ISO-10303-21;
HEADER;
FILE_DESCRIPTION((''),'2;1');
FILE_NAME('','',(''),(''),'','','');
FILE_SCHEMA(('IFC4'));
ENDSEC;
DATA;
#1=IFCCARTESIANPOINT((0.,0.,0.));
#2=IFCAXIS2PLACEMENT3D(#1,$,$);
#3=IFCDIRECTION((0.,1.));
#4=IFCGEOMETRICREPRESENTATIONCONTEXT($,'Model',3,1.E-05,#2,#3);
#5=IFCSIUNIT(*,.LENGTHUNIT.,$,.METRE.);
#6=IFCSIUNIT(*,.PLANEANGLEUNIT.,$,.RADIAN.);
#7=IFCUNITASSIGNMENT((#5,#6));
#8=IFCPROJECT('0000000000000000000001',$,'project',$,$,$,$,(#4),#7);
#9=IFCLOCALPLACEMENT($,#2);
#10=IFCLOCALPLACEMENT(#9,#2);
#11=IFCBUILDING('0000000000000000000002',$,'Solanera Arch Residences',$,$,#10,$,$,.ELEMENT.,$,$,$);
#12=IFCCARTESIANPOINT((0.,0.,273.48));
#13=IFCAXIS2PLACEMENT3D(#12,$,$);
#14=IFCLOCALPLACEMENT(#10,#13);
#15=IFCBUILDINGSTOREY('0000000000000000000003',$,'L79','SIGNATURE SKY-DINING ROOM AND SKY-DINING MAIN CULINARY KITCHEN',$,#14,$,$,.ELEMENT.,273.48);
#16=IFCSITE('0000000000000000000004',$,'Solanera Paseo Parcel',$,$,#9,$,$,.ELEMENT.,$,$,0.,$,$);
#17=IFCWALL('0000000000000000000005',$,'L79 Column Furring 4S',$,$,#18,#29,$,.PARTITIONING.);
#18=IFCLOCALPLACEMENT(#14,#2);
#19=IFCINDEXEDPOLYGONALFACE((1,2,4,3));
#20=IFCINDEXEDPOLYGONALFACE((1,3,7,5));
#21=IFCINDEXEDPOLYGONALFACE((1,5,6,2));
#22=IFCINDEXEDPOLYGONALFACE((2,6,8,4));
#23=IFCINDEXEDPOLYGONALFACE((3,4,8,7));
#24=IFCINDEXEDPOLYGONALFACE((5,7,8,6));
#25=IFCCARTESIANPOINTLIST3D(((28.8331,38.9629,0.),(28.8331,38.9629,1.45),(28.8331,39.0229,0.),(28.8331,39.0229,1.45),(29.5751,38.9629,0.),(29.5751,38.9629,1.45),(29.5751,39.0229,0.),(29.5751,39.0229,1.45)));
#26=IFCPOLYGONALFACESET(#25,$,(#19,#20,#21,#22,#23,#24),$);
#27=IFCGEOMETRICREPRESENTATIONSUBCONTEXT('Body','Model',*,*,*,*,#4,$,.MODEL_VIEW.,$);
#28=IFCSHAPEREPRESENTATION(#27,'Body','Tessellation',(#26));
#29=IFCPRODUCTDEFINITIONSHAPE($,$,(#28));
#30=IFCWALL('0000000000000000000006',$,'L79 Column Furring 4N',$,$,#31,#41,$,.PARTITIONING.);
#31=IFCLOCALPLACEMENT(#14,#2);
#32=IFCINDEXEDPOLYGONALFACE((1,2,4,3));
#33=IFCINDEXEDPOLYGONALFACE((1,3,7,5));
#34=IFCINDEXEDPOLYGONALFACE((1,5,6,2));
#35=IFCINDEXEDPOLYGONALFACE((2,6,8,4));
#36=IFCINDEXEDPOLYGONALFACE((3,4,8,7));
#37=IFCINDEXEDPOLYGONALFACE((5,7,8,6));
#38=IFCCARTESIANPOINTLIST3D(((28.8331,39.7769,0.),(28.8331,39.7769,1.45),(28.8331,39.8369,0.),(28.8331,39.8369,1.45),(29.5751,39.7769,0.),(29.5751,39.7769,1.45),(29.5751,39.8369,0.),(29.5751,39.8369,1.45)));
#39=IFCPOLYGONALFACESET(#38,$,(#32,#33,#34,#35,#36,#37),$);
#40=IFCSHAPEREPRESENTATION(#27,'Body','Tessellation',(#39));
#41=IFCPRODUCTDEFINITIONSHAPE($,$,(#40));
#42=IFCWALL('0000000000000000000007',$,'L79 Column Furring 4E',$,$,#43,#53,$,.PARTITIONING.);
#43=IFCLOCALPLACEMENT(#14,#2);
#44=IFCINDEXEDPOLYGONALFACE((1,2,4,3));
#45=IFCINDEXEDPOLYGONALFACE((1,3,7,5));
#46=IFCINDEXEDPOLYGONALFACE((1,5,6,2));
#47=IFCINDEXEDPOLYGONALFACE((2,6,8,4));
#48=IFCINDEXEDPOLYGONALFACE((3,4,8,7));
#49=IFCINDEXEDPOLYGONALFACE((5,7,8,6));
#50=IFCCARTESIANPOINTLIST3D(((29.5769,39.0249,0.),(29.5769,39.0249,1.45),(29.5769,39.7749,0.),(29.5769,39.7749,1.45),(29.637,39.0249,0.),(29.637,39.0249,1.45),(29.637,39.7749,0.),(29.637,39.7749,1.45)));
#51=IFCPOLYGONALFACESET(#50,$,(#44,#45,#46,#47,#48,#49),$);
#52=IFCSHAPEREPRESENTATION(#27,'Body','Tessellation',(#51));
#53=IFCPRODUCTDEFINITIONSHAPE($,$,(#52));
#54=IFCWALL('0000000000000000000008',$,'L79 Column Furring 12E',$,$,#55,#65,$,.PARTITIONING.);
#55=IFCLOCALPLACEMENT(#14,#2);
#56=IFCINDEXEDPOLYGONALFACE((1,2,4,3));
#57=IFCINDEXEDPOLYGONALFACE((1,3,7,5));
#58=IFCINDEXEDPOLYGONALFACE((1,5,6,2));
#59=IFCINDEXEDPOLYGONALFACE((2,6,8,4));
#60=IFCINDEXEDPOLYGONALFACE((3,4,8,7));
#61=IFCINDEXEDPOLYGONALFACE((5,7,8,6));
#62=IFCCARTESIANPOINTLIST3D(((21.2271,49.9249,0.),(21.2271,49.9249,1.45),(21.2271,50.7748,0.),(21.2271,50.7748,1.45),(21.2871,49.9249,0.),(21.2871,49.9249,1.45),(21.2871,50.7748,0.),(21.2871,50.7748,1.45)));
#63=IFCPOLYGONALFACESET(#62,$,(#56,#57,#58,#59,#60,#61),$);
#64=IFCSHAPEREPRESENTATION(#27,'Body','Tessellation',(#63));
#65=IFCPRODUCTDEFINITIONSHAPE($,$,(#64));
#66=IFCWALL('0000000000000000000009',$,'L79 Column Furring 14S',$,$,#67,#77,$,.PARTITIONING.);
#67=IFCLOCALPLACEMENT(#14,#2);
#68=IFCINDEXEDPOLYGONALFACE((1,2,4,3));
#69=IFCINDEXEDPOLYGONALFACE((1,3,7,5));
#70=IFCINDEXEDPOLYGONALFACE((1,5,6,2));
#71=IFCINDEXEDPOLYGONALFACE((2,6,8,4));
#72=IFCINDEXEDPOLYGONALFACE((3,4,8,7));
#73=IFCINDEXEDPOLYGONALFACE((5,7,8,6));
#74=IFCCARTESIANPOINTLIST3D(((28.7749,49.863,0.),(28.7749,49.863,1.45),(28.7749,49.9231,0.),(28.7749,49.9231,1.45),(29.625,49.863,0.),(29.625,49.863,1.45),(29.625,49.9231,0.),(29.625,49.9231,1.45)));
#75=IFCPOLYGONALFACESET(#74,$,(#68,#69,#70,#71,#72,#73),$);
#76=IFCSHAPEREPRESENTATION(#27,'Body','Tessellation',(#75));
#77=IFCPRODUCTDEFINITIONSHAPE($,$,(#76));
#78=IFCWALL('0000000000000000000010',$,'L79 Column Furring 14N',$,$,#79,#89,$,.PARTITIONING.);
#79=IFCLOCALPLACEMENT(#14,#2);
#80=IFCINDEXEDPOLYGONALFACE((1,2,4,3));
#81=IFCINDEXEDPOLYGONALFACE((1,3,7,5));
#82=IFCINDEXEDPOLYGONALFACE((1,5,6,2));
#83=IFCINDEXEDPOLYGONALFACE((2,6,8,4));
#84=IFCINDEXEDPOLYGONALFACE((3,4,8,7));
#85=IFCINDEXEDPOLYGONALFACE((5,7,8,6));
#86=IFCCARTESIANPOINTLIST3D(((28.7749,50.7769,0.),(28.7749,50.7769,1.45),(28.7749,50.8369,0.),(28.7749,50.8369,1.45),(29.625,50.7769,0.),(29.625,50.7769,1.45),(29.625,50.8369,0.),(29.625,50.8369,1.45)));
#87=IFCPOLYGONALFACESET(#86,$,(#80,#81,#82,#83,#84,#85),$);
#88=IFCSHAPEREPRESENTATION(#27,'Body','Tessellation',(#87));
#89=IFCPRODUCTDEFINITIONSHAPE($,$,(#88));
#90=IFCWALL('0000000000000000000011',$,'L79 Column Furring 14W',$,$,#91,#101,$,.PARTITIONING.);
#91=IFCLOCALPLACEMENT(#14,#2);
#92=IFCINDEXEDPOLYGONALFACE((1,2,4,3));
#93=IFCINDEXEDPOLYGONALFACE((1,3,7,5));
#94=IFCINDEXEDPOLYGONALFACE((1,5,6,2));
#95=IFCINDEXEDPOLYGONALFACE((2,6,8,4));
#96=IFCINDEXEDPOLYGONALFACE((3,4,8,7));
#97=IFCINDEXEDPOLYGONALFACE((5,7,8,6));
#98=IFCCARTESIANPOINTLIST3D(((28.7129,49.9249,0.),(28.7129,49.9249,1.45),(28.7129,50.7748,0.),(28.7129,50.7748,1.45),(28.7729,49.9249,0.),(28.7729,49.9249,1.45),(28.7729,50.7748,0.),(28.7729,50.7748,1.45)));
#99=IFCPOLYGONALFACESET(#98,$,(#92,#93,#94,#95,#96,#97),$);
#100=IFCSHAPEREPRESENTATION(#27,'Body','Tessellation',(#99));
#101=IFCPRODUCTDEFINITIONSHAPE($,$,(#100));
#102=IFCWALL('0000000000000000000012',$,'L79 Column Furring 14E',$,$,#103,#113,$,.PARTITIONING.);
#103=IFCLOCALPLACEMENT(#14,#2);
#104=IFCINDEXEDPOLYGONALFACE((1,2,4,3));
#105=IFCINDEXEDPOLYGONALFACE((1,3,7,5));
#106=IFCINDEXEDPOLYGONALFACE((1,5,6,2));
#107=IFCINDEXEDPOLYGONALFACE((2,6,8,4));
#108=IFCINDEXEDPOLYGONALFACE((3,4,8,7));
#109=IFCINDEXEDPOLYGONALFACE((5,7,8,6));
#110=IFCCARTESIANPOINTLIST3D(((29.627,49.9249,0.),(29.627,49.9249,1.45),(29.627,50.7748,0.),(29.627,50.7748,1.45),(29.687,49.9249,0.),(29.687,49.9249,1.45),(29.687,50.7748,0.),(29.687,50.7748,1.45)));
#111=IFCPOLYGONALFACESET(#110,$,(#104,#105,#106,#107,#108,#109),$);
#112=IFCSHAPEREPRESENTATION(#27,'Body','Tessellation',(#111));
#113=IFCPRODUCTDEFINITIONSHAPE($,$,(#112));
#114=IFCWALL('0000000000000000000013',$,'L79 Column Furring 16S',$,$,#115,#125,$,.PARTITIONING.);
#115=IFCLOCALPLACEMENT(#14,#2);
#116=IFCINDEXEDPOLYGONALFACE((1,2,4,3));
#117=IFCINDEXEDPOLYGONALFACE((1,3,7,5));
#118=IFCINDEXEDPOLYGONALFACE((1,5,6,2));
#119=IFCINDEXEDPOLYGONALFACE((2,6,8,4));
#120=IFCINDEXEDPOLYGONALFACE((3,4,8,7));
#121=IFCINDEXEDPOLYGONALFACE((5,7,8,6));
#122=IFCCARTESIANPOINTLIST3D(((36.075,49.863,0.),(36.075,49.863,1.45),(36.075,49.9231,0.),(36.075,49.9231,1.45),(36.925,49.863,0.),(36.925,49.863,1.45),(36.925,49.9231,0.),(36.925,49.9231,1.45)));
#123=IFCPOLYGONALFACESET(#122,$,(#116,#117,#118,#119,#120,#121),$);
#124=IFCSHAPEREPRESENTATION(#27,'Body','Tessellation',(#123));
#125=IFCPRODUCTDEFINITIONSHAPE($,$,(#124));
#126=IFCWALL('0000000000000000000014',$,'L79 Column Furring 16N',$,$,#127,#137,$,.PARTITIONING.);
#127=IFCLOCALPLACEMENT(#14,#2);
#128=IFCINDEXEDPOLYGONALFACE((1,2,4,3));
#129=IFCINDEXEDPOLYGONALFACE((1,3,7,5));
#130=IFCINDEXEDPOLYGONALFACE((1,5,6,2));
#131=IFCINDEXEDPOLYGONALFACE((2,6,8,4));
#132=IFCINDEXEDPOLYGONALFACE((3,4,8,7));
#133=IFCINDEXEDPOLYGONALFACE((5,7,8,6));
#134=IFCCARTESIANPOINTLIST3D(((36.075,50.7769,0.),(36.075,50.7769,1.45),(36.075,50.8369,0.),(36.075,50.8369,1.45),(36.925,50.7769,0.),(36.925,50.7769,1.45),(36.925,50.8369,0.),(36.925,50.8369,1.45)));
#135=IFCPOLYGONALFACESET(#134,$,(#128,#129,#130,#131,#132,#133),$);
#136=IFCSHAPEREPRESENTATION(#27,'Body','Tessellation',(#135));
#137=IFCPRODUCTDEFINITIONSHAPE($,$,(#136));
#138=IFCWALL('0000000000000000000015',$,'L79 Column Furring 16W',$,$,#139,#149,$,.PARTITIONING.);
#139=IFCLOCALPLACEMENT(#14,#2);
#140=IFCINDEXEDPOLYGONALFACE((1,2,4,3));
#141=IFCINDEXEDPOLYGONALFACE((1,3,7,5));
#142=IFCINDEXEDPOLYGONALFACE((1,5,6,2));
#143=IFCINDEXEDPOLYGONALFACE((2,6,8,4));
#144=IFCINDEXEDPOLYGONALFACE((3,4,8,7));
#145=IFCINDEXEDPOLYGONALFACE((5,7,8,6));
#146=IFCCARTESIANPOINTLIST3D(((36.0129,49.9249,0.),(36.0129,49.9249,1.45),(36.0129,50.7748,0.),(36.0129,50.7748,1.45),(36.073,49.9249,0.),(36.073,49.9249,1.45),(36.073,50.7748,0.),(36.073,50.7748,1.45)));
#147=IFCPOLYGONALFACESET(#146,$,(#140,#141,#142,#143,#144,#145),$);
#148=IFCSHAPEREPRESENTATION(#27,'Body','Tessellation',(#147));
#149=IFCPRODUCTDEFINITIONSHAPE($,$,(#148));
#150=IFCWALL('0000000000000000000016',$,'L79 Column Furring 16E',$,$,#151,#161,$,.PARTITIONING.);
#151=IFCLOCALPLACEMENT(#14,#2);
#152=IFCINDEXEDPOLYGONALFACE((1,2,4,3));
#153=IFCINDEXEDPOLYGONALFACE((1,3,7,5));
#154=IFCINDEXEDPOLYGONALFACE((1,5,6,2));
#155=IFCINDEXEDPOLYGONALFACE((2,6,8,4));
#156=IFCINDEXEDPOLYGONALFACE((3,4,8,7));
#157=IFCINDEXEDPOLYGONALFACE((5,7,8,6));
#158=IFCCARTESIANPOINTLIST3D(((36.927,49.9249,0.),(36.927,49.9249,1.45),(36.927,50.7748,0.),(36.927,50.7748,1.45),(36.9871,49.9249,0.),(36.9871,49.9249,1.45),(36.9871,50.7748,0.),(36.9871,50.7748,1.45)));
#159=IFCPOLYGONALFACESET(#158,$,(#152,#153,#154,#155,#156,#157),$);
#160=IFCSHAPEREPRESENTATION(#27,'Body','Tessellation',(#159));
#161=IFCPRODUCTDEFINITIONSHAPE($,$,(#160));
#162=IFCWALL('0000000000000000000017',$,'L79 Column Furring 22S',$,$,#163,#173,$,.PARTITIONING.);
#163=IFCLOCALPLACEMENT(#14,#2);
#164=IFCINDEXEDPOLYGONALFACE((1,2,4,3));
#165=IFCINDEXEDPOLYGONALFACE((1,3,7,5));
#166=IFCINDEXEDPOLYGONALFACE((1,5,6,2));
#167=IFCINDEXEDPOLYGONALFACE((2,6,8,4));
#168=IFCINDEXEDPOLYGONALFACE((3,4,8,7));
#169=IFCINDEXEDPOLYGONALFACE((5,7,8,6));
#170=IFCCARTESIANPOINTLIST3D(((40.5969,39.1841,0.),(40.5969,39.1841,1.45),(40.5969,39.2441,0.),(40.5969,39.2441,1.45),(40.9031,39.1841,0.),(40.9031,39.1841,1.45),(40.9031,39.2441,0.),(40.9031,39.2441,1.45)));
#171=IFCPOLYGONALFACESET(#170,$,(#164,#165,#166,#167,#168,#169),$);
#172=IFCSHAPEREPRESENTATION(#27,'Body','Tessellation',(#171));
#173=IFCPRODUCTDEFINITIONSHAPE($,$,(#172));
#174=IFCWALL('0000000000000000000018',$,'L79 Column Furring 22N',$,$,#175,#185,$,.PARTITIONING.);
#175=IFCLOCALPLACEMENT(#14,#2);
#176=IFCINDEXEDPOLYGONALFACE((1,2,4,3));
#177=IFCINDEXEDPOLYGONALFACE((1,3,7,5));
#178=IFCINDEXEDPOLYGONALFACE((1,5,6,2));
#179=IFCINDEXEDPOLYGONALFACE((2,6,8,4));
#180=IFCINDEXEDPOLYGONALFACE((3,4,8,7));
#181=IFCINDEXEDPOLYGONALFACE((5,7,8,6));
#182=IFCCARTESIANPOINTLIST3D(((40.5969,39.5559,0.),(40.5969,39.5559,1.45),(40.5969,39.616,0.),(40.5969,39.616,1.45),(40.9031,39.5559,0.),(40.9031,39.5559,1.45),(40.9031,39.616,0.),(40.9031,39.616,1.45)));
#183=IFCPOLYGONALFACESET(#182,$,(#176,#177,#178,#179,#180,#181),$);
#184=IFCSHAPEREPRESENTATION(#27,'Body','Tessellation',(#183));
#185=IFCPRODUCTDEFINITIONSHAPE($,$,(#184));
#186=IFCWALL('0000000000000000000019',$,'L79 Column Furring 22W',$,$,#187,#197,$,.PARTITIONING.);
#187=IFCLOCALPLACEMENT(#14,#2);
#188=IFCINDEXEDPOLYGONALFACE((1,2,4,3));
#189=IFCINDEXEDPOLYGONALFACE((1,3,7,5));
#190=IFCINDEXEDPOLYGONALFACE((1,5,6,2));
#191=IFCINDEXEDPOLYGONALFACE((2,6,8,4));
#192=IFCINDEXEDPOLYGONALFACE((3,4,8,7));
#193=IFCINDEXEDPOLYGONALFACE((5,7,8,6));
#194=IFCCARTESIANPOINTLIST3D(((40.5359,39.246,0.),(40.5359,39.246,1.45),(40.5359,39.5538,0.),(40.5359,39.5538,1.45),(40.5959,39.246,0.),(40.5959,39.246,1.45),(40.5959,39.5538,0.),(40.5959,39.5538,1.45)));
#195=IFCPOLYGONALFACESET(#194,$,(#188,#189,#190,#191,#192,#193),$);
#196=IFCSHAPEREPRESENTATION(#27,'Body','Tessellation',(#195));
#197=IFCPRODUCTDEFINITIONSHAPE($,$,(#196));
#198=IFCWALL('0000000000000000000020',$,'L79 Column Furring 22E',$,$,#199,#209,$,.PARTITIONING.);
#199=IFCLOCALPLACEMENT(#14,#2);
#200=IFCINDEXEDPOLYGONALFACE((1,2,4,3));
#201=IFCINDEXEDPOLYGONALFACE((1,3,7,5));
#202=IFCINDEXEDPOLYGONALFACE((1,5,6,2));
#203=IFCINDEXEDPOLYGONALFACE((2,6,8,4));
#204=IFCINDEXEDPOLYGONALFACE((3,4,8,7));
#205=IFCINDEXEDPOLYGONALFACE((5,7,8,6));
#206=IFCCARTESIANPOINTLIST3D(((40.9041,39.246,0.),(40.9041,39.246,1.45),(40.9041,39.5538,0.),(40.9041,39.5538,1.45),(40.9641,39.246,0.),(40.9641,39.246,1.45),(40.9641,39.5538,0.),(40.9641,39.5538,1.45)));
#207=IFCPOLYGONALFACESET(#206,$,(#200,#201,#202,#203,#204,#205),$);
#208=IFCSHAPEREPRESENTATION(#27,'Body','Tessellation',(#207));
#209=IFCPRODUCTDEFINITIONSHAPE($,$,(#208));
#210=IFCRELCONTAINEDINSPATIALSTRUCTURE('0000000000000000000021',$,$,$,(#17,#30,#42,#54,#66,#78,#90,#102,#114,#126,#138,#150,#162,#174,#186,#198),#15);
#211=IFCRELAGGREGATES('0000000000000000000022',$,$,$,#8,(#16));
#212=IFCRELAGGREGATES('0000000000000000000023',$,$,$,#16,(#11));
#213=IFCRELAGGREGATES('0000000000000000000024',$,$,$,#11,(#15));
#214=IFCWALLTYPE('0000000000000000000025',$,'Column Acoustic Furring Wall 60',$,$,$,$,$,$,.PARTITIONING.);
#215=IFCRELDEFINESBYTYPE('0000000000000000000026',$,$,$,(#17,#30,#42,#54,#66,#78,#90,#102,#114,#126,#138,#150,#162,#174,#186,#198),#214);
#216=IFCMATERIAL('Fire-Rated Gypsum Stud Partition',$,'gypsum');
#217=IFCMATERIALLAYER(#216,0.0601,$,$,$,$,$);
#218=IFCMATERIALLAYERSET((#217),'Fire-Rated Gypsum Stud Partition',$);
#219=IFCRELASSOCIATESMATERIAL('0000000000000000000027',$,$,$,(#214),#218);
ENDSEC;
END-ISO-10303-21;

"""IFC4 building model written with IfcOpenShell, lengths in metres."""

from ifc_helpers import new_model, si_unit, direction, frame, frame_2d, origin, place, context, subcontext, project, spatial, rectangle, extrude, material, layer, layer_set, type_object, element, save


model = new_model("IFC4")

# Units and contexts
model_context = context("Model", 3, precision=1e-05, world=origin(), true_north=direction((0.0, 1.0)))
body_context = subcontext(model_context, "Body", "Model", "MODEL_VIEW")
ifc_project = project(units=[si_unit("LENGTHUNIT", "METRE"), si_unit("PLANEANGLEUNIT", "RADIAN")], contexts=[model_context])

# Site, building, storey
site_placement = place(None, origin())
site = spatial("IfcSite", under=ifc_project, at=site_placement, Name="Solanera Paseo Parcel", CompositionType="ELEMENT", RefElevation=0.0)
building_placement = place(site_placement, origin())
building = spatial("IfcBuilding", under=site, at=building_placement, Name="Solanera Arch Residences", CompositionType="ELEMENT")
storey_placement = place(building_placement, frame((0.0, 0.0, 273.48)))
storey = spatial("IfcBuildingStorey", under=building, at=storey_placement, Name="L79", Description="SIGNATURE SKY-DINING ROOM AND SKY-DINING MAIN CULINARY KITCHEN", CompositionType="ELEMENT", Elevation=273.48)

# Walls
ifc_material_1 = material(Name="Fire-Rated Gypsum Stud Partition", Category="gypsum")
ifc_layer_1 = layer(ifc_material_1, 0.0601)
ifc_layer_set_1 = layer_set([ifc_layer_1], Name="Fire-Rated Gypsum Stud Partition")
wall_type_1 = type_object("IfcWallType", Name="Column Acoustic Furring Wall 60", PredefinedType="PARTITIONING", material=ifc_layer_set_1)
for number, where, z_axis, x_axis, name in (
    (1, (28.833, 38.9929, 0.0), (0.0, 0.0, 1.0), (1.0, 0.0, 0.0), "L79 Column Furring 4S"),
    (2, (28.833, 39.8069, 0.0), (0.0, 0.0, 1.0), (1.0, 0.0, 0.0), "L79 Column Furring 4N"),
):
    element("IfcWall", number, at=place(storey_placement, frame(where, z_axis=z_axis, x_axis=x_axis)), inside=storey, type_object=wall_type_1, Name=name, PredefinedType="PARTITIONING", context=body_context, shape_type="SweptSolid", body=[
        extrude(rectangle(XDim=0.7419, YDim=0.0601, at=frame_2d((0.3711, 0.0))), origin(), (0.0, 0.0, 1.0), 1.45),
    ])
wall_1_placement = place(storey_placement, frame((29.6069, 39.0249, 0.0), z_axis=(0.0, 0.0, 1.0), x_axis=(0.0, 1.0, 0.0)))
element("IfcWall", 3, at=wall_1_placement, inside=storey, type_object=wall_type_1, Name="L79 Column Furring 4E", PredefinedType="PARTITIONING", context=body_context, shape_type="SweptSolid", body=[
    extrude(rectangle(XDim=0.75, YDim=0.0601, at=frame_2d((0.375, 0.0))), origin(), (0.0, 0.0, 1.0), 1.45),
])
wall_2_placement = place(storey_placement, frame((21.2571, 49.925, 0.0), z_axis=(0.0, 0.0, 1.0), x_axis=(0.0, 1.0, 0.0)))
element("IfcWall", 4, at=wall_2_placement, inside=storey, type_object=wall_type_1, Name="L79 Column Furring 12E", PredefinedType="PARTITIONING", context=body_context, shape_type="SweptSolid", body=[
    extrude(rectangle(XDim=0.8499, YDim=0.0601, at=frame_2d((0.4248, 0.0))), origin(), (0.0, 0.0, 1.0), 1.45),
])
for number, where, z_axis, x_axis, name in (
    (5, (28.7749, 49.8931, 0.0), (0.0, 0.0, 1.0), (1.0, 0.0, 0.0), "L79 Column Furring 14S"),
    (6, (28.7749, 50.8069, 0.0), (0.0, 0.0, 1.0), (1.0, 0.0, 0.0), "L79 Column Furring 14N"),
):
    element("IfcWall", number, at=place(storey_placement, frame(where, z_axis=z_axis, x_axis=x_axis)), inside=storey, type_object=wall_type_1, Name=name, PredefinedType="PARTITIONING", context=body_context, shape_type="SweptSolid", body=[
        extrude(rectangle(XDim=0.8501, YDim=0.0601, at=frame_2d((0.425, 0.0))), origin(), (0.0, 0.0, 1.0), 1.45),
    ])
for number, where, z_axis, x_axis, name in (
    (7, (28.7429, 49.925, 0.0), (0.0, 0.0, 1.0), (0.0, 1.0, 0.0), "L79 Column Furring 14W"),
    (8, (29.657, 49.925, 0.0), (0.0, 0.0, 1.0), (0.0, 1.0, 0.0), "L79 Column Furring 14E"),
):
    element("IfcWall", number, at=place(storey_placement, frame(where, z_axis=z_axis, x_axis=x_axis)), inside=storey, type_object=wall_type_1, Name=name, PredefinedType="PARTITIONING", context=body_context, shape_type="SweptSolid", body=[
        extrude(rectangle(XDim=0.8499, YDim=0.0601, at=frame_2d((0.4248, 0.0))), origin(), (0.0, 0.0, 1.0), 1.45),
    ])
for number, where, z_axis, x_axis, name in (
    (9, (36.075, 49.8931, 0.0), (0.0, 0.0, 1.0), (1.0, 0.0, 0.0), "L79 Column Furring 16S"),
    (10, (36.075, 50.8069, 0.0), (0.0, 0.0, 1.0), (1.0, 0.0, 0.0), "L79 Column Furring 16N"),
):
    element("IfcWall", number, at=place(storey_placement, frame(where, z_axis=z_axis, x_axis=x_axis)), inside=storey, type_object=wall_type_1, Name=name, PredefinedType="PARTITIONING", context=body_context, shape_type="SweptSolid", body=[
        extrude(rectangle(XDim=0.8501, YDim=0.0601, at=frame_2d((0.425, 0.0))), origin(), (0.0, 0.0, 1.0), 1.45),
    ])
for number, where, z_axis, x_axis, name in (
    (11, (36.043, 49.925, 0.0), (0.0, 0.0, 1.0), (0.0, 1.0, 0.0), "L79 Column Furring 16W"),
    (12, (36.957, 49.925, 0.0), (0.0, 0.0, 1.0), (0.0, 1.0, 0.0), "L79 Column Furring 16E"),
):
    element("IfcWall", number, at=place(storey_placement, frame(where, z_axis=z_axis, x_axis=x_axis)), inside=storey, type_object=wall_type_1, Name=name, PredefinedType="PARTITIONING", context=body_context, shape_type="SweptSolid", body=[
        extrude(rectangle(XDim=0.8499, YDim=0.0601, at=frame_2d((0.4248, 0.0))), origin(), (0.0, 0.0, 1.0), 1.45),
    ])
for number, where, z_axis, x_axis, name in (
    (13, (40.5969, 39.2141, 0.0), (0.0, 0.0, 1.0), (1.0, 0.0, 0.0), "L79 Column Furring 22S"),
    (14, (40.5969, 39.5859, 0.0), (0.0, 0.0, 1.0), (1.0, 0.0, 0.0), "L79 Column Furring 22N"),
):
    element("IfcWall", number, at=place(storey_placement, frame(where, z_axis=z_axis, x_axis=x_axis)), inside=storey, type_object=wall_type_1, Name=name, PredefinedType="PARTITIONING", context=body_context, shape_type="SweptSolid", body=[
        extrude(rectangle(XDim=0.3062, YDim=0.0601, at=frame_2d((0.1531, 0.0))), origin(), (0.0, 0.0, 1.0), 1.45),
    ])
for number, where, z_axis, x_axis, name in (
    (15, (40.5659, 39.2461, 0.0), (0.0, 0.0, 1.0), (0.0, 1.0, 0.0), "L79 Column Furring 22W"),
    (16, (40.9341, 39.2461, 0.0), (0.0, 0.0, 1.0), (0.0, 1.0, 0.0), "L79 Column Furring 22E"),
):
    element("IfcWall", number, at=place(storey_placement, frame(where, z_axis=z_axis, x_axis=x_axis)), inside=storey, type_object=wall_type_1, Name=name, PredefinedType="PARTITIONING", context=body_context, shape_type="SweptSolid", body=[
        extrude(rectangle(XDim=0.3079, YDim=0.0601, at=frame_2d((0.1538, 0.0))), origin(), (0.0, 0.0, 1.0), 1.45),
    ])

save(model, "model.ifc")
